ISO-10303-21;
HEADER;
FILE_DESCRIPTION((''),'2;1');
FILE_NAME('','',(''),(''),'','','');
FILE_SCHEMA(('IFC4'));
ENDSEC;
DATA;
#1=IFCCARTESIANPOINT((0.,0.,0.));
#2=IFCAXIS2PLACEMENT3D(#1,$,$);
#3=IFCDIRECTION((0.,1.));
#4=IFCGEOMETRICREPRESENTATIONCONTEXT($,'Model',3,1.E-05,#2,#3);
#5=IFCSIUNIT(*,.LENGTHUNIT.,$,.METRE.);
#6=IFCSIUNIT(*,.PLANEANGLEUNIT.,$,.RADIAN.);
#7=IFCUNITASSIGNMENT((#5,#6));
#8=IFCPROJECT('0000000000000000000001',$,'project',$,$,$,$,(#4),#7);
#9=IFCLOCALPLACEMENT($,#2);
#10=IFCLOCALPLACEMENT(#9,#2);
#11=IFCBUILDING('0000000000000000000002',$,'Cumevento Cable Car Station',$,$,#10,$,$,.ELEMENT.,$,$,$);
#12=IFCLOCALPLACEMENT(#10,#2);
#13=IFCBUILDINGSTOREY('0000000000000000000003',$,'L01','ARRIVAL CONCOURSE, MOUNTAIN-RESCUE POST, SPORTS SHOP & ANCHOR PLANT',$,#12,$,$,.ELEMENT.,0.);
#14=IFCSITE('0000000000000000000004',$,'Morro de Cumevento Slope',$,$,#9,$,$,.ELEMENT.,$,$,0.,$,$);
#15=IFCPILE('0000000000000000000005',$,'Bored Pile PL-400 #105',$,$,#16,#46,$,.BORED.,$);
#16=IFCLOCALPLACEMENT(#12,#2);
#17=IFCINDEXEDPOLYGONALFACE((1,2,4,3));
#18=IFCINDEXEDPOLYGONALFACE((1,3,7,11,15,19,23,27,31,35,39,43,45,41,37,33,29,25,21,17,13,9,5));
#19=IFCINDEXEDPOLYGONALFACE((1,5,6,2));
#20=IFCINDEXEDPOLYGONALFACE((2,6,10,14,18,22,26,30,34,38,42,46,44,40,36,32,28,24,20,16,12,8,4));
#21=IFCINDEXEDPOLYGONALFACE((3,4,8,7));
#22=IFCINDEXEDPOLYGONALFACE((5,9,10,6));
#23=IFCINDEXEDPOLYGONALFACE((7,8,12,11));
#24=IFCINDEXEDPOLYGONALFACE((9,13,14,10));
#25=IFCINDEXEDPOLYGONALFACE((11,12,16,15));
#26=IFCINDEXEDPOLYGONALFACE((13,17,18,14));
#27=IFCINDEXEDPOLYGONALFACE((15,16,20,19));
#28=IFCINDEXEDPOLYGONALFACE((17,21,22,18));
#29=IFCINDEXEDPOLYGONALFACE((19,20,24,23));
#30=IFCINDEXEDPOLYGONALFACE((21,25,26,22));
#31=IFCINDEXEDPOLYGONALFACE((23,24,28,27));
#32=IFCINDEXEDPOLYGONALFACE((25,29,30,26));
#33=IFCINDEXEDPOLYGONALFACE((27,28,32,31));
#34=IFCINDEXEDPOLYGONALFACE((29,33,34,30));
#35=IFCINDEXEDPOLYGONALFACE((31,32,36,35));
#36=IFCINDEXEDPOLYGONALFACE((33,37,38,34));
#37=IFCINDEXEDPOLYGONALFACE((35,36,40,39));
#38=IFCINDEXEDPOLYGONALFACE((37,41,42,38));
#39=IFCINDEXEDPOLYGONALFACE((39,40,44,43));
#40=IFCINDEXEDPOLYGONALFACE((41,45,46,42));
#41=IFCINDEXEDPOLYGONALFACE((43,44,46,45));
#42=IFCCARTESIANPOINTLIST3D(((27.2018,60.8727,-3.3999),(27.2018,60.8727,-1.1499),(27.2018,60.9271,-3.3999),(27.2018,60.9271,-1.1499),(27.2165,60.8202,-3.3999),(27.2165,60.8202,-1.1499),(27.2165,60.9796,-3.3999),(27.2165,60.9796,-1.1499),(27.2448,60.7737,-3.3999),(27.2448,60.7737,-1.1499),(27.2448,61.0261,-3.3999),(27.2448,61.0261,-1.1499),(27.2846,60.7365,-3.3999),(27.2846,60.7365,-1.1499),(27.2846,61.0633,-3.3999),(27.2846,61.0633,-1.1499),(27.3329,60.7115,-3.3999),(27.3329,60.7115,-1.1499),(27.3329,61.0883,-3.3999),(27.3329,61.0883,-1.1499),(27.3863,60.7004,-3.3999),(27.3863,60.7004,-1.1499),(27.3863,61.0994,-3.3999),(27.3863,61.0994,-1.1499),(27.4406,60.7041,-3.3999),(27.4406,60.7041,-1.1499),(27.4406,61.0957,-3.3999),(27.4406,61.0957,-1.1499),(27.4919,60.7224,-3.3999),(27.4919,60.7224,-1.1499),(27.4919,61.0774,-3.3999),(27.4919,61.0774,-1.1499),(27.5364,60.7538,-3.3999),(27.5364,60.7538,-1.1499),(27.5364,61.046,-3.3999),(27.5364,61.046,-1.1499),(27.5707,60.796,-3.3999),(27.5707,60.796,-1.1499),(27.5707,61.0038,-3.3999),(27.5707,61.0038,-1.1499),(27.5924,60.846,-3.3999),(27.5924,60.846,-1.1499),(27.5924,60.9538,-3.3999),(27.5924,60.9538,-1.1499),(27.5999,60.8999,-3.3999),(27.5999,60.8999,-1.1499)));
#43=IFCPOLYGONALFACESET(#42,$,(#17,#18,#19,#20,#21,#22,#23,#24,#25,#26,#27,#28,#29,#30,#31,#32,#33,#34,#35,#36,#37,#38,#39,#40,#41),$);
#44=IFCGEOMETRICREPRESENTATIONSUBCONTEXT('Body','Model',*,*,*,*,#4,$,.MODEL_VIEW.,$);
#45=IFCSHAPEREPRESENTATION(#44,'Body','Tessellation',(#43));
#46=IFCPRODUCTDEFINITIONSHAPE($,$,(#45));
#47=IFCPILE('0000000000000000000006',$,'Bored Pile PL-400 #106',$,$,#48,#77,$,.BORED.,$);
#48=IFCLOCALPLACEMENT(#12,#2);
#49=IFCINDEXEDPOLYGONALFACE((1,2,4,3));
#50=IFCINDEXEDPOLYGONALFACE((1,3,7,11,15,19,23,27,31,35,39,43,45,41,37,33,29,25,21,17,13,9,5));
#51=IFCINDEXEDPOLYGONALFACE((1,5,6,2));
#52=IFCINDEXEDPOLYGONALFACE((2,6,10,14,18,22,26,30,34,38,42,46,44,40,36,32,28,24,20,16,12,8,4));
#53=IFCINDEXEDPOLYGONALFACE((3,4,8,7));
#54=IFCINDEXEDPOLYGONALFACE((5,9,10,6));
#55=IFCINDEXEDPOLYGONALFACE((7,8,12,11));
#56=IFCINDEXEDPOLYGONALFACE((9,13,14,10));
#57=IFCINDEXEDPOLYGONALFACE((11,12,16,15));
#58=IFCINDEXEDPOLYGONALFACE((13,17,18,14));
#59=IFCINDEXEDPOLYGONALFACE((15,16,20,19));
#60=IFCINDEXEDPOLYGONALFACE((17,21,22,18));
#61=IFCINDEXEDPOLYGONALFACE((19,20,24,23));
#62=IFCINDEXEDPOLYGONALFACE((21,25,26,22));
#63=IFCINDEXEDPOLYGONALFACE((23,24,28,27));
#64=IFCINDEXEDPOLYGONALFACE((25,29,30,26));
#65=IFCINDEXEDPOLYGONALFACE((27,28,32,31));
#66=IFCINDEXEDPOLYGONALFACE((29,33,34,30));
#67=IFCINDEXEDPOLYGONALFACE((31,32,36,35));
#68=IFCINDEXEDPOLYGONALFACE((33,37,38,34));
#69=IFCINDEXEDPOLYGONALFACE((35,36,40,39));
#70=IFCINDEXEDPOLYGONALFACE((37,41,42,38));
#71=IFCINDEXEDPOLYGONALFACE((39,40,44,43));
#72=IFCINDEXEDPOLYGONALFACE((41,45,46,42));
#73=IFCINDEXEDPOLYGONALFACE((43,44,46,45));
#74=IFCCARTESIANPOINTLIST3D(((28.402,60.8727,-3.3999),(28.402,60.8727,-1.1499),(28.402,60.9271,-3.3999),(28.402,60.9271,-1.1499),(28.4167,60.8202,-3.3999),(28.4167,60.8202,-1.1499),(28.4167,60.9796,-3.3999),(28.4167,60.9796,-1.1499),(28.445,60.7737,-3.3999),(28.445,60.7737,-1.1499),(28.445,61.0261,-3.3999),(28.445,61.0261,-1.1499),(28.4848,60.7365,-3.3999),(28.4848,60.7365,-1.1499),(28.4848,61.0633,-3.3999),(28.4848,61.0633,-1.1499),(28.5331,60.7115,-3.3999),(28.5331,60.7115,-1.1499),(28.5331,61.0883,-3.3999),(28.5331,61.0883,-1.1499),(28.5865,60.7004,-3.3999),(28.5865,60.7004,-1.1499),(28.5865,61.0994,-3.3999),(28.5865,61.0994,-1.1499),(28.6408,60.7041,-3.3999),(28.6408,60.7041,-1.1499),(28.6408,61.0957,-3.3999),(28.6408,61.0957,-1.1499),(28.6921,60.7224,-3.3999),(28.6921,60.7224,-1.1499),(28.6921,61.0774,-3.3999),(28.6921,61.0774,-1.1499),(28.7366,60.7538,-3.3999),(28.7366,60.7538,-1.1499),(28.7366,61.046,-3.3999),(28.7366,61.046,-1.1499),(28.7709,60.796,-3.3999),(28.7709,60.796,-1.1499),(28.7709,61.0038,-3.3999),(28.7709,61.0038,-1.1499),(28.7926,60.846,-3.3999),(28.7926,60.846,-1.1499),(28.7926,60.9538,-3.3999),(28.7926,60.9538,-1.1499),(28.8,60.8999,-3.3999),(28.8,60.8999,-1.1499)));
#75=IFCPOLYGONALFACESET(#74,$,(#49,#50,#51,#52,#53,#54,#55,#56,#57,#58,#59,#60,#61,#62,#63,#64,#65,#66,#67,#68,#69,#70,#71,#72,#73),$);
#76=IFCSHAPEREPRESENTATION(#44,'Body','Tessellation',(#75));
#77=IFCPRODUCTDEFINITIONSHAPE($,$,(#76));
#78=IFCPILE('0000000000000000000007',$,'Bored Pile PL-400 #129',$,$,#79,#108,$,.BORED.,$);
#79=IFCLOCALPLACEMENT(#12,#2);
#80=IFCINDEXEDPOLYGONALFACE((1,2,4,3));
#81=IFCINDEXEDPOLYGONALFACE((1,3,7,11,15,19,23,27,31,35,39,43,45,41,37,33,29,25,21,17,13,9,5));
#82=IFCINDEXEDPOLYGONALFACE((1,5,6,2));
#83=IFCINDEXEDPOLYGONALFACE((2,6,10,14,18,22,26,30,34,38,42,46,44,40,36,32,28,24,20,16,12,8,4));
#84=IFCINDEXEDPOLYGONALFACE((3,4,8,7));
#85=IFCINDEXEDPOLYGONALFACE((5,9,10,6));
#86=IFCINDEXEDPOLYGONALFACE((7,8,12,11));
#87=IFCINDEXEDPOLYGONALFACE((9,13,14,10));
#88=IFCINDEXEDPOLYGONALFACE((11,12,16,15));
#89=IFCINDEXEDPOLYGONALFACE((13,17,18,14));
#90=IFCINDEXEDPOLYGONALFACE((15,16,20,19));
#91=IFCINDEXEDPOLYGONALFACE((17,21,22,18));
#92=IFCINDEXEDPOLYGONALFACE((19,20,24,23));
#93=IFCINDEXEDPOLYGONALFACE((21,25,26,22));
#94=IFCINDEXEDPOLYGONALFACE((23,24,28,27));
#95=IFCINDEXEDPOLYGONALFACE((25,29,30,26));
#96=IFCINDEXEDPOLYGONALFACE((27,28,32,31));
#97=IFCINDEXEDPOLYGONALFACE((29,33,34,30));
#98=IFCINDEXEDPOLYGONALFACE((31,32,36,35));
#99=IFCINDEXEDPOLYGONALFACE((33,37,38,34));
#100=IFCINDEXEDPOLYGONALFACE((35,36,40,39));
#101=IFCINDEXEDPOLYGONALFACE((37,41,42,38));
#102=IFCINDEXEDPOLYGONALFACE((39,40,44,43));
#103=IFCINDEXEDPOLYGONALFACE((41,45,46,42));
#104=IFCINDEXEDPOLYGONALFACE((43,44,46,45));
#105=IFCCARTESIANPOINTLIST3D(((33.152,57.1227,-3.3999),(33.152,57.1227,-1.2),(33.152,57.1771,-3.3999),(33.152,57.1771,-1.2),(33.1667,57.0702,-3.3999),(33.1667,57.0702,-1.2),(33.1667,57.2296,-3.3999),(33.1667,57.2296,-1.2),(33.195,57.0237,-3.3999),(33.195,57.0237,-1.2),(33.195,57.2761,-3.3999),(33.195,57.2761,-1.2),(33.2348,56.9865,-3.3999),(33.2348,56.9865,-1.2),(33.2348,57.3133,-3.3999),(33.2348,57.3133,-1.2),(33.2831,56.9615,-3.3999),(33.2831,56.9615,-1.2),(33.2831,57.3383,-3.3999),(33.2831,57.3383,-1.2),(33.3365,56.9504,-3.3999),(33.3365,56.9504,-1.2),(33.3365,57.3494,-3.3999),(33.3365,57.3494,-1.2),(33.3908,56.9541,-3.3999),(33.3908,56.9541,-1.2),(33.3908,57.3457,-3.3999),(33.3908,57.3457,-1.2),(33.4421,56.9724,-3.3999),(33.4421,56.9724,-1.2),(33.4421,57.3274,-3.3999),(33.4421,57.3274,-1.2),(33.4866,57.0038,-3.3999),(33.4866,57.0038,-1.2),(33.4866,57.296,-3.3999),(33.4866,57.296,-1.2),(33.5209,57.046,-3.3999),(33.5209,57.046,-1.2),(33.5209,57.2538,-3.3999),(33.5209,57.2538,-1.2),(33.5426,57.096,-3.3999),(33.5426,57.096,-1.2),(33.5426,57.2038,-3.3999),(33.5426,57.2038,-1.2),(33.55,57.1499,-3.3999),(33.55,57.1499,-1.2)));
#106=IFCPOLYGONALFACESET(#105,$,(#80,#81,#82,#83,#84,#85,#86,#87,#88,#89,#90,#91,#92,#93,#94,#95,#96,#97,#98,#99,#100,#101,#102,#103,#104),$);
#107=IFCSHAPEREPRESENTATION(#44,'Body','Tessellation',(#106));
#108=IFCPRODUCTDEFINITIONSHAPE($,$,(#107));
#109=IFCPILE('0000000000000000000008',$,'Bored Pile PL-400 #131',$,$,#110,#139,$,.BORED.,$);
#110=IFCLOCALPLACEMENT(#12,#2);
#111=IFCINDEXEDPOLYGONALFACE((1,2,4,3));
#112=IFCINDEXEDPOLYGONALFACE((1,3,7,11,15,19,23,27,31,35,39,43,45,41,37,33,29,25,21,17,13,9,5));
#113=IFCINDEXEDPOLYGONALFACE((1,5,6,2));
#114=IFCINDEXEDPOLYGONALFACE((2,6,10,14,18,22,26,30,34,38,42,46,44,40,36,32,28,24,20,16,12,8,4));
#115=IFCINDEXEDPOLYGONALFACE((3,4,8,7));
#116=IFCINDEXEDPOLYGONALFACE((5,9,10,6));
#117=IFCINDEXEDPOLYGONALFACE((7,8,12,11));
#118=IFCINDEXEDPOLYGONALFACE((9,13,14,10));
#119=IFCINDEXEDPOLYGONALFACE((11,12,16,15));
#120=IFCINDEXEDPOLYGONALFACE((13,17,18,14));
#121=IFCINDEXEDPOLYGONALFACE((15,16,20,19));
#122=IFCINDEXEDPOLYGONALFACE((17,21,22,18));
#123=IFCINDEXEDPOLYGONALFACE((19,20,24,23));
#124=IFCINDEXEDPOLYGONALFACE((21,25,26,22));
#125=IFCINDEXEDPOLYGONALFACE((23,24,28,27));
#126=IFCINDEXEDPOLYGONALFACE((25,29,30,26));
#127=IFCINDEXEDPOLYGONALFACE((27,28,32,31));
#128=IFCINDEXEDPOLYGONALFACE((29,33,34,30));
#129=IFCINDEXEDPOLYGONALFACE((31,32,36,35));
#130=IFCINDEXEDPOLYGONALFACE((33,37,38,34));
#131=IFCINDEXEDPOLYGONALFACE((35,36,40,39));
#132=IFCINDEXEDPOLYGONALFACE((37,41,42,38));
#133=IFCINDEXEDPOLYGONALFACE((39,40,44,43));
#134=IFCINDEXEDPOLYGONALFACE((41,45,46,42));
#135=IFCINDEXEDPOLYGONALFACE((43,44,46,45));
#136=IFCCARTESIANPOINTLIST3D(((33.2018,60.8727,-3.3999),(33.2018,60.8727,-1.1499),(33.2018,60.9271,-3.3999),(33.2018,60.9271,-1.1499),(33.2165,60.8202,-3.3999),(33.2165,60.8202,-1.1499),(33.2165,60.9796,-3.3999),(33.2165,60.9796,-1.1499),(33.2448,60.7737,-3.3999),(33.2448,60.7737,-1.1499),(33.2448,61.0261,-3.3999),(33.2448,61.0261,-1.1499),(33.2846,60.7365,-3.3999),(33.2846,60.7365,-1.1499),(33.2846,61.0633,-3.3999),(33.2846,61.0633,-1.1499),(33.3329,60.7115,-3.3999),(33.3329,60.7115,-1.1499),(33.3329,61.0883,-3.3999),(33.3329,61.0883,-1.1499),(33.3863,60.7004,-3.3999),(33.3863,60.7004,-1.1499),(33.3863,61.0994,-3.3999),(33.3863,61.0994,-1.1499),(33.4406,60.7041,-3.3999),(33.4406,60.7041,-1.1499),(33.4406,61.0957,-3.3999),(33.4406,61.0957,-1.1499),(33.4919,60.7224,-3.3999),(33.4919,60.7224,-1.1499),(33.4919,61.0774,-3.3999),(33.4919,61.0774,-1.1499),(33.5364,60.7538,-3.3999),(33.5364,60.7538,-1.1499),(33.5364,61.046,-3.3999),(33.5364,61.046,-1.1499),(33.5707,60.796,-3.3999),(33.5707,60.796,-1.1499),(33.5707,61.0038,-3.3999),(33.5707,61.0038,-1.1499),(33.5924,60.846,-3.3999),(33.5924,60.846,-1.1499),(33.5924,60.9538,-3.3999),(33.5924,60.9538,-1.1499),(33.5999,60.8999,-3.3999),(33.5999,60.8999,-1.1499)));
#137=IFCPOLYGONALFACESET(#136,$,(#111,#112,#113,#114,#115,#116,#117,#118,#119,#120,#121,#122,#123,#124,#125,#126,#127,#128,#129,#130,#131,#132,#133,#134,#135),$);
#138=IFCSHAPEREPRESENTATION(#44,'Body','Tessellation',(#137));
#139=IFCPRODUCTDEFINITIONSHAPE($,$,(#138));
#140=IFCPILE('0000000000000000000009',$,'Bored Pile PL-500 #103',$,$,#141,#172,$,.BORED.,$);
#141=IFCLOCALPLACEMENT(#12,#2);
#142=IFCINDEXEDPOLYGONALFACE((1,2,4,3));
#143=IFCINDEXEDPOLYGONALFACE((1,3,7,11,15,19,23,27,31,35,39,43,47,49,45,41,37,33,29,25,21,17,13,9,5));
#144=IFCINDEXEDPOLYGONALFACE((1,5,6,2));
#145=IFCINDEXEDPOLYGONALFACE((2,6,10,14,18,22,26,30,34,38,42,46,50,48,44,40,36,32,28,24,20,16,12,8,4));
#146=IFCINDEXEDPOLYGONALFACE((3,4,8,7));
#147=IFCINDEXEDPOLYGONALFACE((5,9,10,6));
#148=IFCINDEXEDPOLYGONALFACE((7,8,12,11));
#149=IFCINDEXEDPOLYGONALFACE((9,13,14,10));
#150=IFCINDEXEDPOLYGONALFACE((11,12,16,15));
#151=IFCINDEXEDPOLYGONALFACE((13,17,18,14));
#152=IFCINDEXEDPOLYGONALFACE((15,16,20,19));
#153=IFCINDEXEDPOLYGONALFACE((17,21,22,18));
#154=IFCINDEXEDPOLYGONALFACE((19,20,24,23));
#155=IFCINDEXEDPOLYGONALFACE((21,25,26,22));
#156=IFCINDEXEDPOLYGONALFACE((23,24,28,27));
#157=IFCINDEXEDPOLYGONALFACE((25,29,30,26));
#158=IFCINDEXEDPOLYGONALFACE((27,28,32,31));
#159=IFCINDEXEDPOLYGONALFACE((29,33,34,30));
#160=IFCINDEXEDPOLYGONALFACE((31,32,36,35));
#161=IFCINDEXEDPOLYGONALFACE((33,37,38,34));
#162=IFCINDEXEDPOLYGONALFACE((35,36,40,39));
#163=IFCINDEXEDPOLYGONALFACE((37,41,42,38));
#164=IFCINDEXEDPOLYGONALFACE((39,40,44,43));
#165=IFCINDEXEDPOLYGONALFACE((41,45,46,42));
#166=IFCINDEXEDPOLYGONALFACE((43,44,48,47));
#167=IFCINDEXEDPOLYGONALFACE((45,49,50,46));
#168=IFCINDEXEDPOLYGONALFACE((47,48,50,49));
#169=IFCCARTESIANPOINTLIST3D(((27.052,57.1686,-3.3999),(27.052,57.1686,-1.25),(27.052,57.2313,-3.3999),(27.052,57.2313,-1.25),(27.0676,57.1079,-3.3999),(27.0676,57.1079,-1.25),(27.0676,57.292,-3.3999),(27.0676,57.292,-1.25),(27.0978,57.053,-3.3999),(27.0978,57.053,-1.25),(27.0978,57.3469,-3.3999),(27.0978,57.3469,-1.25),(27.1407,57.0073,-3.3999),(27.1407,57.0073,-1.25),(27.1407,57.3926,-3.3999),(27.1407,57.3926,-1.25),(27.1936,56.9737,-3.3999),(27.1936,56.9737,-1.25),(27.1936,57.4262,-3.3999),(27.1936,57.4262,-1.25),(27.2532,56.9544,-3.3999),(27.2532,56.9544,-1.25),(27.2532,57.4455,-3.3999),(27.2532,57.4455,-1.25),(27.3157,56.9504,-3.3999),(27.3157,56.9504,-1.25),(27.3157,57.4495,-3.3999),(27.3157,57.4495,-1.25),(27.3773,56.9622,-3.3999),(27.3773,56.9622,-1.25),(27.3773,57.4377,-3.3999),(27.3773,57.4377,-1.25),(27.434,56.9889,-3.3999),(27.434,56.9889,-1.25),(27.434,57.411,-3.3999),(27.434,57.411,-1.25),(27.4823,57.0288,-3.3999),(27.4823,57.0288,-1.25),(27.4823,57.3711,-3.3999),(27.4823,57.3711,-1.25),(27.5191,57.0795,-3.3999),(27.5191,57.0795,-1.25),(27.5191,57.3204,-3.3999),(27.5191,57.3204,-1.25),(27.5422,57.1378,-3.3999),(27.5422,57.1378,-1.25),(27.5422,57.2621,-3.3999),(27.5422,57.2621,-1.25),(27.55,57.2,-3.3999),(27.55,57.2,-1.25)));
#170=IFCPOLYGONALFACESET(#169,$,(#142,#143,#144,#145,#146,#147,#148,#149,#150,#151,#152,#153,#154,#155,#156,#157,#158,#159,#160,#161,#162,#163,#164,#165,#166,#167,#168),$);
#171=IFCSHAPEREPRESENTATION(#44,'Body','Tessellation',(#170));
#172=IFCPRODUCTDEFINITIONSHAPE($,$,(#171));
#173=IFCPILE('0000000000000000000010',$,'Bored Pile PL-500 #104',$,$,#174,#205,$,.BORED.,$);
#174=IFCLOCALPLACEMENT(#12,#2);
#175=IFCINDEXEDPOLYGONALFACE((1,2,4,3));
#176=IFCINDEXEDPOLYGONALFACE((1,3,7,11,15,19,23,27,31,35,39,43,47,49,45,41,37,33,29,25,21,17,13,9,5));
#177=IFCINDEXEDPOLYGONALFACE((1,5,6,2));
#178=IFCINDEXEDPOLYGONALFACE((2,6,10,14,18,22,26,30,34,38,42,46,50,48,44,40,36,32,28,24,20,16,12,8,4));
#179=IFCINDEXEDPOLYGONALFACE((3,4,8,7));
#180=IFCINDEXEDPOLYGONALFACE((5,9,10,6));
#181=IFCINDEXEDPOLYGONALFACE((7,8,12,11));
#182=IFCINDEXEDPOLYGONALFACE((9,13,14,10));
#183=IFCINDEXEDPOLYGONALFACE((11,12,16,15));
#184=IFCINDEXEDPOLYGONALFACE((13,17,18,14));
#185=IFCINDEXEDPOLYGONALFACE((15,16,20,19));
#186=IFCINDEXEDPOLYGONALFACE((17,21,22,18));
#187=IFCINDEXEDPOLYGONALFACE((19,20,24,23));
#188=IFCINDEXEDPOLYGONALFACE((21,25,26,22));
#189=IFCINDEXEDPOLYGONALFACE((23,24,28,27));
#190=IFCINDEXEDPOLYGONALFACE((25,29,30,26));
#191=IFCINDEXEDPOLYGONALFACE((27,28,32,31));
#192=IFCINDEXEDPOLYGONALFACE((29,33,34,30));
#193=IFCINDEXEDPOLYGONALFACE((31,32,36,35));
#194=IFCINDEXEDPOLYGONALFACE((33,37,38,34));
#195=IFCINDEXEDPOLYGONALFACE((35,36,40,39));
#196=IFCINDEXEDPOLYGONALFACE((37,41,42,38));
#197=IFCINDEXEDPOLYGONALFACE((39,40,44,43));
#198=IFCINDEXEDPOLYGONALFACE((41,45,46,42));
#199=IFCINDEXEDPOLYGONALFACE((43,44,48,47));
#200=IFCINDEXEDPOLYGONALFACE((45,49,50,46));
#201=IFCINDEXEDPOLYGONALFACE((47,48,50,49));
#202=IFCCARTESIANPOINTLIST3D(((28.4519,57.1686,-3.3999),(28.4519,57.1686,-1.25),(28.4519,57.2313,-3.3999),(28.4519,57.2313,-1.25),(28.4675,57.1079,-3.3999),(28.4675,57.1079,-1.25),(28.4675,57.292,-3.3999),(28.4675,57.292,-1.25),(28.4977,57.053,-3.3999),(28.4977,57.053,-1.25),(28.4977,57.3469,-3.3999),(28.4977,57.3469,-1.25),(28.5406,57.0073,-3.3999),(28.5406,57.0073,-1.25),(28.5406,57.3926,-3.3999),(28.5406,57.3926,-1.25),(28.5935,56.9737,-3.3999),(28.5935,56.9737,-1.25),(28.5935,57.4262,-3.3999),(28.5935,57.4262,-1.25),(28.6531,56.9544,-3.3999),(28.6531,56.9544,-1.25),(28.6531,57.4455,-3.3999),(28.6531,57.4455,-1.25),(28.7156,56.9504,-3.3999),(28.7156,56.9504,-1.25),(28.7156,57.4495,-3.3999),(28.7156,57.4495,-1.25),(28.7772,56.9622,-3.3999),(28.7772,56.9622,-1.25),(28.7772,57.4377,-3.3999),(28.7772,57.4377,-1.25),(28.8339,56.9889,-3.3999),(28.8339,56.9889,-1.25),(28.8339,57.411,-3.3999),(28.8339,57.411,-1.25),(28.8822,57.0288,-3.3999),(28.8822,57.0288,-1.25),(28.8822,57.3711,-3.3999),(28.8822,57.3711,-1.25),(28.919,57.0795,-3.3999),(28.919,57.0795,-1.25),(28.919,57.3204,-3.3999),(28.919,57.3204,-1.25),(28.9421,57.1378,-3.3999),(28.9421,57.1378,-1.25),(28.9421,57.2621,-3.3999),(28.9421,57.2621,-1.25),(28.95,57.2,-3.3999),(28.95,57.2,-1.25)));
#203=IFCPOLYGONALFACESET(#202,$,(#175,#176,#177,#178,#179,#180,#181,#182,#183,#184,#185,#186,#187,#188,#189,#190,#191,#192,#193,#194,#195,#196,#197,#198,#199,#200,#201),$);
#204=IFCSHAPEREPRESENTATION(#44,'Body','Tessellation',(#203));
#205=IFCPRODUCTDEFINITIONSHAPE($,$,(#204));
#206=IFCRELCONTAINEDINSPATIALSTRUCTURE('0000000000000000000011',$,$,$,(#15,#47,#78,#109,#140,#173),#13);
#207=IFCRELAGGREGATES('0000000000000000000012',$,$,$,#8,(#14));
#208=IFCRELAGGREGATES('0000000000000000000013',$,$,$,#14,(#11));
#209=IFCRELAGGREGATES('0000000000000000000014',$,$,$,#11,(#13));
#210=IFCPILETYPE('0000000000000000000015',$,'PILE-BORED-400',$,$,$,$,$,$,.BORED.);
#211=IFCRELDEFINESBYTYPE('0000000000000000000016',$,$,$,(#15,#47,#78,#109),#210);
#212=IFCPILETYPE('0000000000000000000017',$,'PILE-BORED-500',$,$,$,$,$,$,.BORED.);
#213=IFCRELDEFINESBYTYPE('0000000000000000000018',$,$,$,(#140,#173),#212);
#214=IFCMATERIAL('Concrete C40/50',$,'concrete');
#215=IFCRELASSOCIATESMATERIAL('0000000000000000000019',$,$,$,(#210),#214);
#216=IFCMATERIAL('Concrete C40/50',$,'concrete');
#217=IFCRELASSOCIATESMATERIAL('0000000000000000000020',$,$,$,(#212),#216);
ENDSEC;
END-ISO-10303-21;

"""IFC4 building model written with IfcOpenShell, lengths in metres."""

from ifc_helpers import new_model, si_unit, direction, frame, origin, origin_2d, place, context, subcontext, project, spatial, circle, extrude, material, material_profile, profile_set, type_object, element, save


model = new_model("IFC4")

# Units and contexts
model_context = context("Model", 3, precision=1e-05, world=origin(), true_north=direction((0.0, 1.0)))
body_context = subcontext(model_context, "Body", "Model", "MODEL_VIEW")
ifc_project = project(units=[si_unit("LENGTHUNIT", "METRE"), si_unit("PLANEANGLEUNIT", "RADIAN")], contexts=[model_context])

# Site, building, storey
site_placement = place(None, origin())
site = spatial("IfcSite", under=ifc_project, at=site_placement, Name="Morro de Cumevento Slope", CompositionType="ELEMENT", RefElevation=0.0)
building_placement = place(site_placement, origin())
building = spatial("IfcBuilding", under=site, at=building_placement, Name="Cumevento Cable Car Station", CompositionType="ELEMENT")
storey_placement = place(building_placement, origin())
storey = spatial("IfcBuildingStorey", under=building, at=storey_placement, Name="L01", Description="ARRIVAL CONCOURSE, MOUNTAIN-RESCUE POST, SPORTS SHOP & ANCHOR PLANT", CompositionType="ELEMENT", Elevation=0.0)

# Piles
ifc_material_1 = material(Name="Concrete C40/50", Category="concrete")
ifc_material_profile_1 = material_profile(ifc_material_1, circle(Radius=0.2, at=origin_2d()), Name="PILE-D400")
ifc_profile_set_1 = profile_set([ifc_material_profile_1], Name="Concrete C40/50")
pile_type_1 = type_object("IfcPileType", Name="PILE-BORED-400", PredefinedType="BORED", material=ifc_profile_set_1)
for number, where, z_axis, x_axis, name in (
    (1, (27.3999, 60.8999, -1.1499), (0.0, 0.0, -1.0), (1.0, 0.0, 0.0), "Bored Pile PL-400 #105"),
    (2, (28.6001, 60.8999, -1.1499), (0.0, 0.0, -1.0), (1.0, 0.0, 0.0), "Bored Pile PL-400 #106"),
):
    element("IfcPile", number, at=place(storey_placement, frame(where, z_axis=z_axis, x_axis=x_axis)), inside=storey, type_object=pile_type_1, Name=name, PredefinedType="BORED", context=body_context, shape_type="SweptSolid", body=[
        extrude(circle(Radius=0.2, at=origin_2d()), origin(), (0.0, 0.0, 1.0), 2.25),
    ])
pile_1_placement = place(storey_placement, frame((33.3501, 57.1499, -1.2), z_axis=(0.0, 0.0, -1.0), x_axis=(1.0, 0.0, 0.0)))
element("IfcPile", 3, at=pile_1_placement, inside=storey, type_object=pile_type_1, Name="Bored Pile PL-400 #129", PredefinedType="BORED", context=body_context, shape_type="SweptSolid", body=[
    extrude(circle(Radius=0.2, at=origin_2d()), origin(), (0.0, 0.0, 1.0), 2.2),
])
pile_2_placement = place(storey_placement, frame((33.3999, 60.8999, -1.1499), z_axis=(0.0, 0.0, -1.0), x_axis=(1.0, 0.0, 0.0)))
element("IfcPile", 4, at=pile_2_placement, inside=storey, type_object=pile_type_1, Name="Bored Pile PL-400 #131", PredefinedType="BORED", context=body_context, shape_type="SweptSolid", body=[
    extrude(circle(Radius=0.2, at=origin_2d()), origin(), (0.0, 0.0, 1.0), 2.25),
])
ifc_material_2 = material(Name="Concrete C40/50", Category="concrete")
ifc_material_profile_2 = material_profile(ifc_material_2, circle(Radius=0.25, at=origin_2d()), Name="PILE-D500")
ifc_profile_set_2 = profile_set([ifc_material_profile_2], Name="Concrete C40/50")
pile_type_2 = type_object("IfcPileType", Name="PILE-BORED-500", PredefinedType="BORED", material=ifc_profile_set_2)
for number, where, z_axis, x_axis, name in (
    (5, (27.3, 57.2, -1.25), (0.0, 0.0, -1.0), (1.0, 0.0, 0.0), "Bored Pile PL-500 #103"),
    (6, (28.7, 57.2, -1.25), (0.0, 0.0, -1.0), (1.0, 0.0, 0.0), "Bored Pile PL-500 #104"),
):
    element("IfcPile", number, at=place(storey_placement, frame(where, z_axis=z_axis, x_axis=x_axis)), inside=storey, type_object=pile_type_2, Name=name, PredefinedType="BORED", context=body_context, shape_type="SweptSolid", body=[
        extrude(circle(Radius=0.25, at=origin_2d()), origin(), (0.0, 0.0, 1.0), 2.1499),
    ])

save(model, "model.ifc")
